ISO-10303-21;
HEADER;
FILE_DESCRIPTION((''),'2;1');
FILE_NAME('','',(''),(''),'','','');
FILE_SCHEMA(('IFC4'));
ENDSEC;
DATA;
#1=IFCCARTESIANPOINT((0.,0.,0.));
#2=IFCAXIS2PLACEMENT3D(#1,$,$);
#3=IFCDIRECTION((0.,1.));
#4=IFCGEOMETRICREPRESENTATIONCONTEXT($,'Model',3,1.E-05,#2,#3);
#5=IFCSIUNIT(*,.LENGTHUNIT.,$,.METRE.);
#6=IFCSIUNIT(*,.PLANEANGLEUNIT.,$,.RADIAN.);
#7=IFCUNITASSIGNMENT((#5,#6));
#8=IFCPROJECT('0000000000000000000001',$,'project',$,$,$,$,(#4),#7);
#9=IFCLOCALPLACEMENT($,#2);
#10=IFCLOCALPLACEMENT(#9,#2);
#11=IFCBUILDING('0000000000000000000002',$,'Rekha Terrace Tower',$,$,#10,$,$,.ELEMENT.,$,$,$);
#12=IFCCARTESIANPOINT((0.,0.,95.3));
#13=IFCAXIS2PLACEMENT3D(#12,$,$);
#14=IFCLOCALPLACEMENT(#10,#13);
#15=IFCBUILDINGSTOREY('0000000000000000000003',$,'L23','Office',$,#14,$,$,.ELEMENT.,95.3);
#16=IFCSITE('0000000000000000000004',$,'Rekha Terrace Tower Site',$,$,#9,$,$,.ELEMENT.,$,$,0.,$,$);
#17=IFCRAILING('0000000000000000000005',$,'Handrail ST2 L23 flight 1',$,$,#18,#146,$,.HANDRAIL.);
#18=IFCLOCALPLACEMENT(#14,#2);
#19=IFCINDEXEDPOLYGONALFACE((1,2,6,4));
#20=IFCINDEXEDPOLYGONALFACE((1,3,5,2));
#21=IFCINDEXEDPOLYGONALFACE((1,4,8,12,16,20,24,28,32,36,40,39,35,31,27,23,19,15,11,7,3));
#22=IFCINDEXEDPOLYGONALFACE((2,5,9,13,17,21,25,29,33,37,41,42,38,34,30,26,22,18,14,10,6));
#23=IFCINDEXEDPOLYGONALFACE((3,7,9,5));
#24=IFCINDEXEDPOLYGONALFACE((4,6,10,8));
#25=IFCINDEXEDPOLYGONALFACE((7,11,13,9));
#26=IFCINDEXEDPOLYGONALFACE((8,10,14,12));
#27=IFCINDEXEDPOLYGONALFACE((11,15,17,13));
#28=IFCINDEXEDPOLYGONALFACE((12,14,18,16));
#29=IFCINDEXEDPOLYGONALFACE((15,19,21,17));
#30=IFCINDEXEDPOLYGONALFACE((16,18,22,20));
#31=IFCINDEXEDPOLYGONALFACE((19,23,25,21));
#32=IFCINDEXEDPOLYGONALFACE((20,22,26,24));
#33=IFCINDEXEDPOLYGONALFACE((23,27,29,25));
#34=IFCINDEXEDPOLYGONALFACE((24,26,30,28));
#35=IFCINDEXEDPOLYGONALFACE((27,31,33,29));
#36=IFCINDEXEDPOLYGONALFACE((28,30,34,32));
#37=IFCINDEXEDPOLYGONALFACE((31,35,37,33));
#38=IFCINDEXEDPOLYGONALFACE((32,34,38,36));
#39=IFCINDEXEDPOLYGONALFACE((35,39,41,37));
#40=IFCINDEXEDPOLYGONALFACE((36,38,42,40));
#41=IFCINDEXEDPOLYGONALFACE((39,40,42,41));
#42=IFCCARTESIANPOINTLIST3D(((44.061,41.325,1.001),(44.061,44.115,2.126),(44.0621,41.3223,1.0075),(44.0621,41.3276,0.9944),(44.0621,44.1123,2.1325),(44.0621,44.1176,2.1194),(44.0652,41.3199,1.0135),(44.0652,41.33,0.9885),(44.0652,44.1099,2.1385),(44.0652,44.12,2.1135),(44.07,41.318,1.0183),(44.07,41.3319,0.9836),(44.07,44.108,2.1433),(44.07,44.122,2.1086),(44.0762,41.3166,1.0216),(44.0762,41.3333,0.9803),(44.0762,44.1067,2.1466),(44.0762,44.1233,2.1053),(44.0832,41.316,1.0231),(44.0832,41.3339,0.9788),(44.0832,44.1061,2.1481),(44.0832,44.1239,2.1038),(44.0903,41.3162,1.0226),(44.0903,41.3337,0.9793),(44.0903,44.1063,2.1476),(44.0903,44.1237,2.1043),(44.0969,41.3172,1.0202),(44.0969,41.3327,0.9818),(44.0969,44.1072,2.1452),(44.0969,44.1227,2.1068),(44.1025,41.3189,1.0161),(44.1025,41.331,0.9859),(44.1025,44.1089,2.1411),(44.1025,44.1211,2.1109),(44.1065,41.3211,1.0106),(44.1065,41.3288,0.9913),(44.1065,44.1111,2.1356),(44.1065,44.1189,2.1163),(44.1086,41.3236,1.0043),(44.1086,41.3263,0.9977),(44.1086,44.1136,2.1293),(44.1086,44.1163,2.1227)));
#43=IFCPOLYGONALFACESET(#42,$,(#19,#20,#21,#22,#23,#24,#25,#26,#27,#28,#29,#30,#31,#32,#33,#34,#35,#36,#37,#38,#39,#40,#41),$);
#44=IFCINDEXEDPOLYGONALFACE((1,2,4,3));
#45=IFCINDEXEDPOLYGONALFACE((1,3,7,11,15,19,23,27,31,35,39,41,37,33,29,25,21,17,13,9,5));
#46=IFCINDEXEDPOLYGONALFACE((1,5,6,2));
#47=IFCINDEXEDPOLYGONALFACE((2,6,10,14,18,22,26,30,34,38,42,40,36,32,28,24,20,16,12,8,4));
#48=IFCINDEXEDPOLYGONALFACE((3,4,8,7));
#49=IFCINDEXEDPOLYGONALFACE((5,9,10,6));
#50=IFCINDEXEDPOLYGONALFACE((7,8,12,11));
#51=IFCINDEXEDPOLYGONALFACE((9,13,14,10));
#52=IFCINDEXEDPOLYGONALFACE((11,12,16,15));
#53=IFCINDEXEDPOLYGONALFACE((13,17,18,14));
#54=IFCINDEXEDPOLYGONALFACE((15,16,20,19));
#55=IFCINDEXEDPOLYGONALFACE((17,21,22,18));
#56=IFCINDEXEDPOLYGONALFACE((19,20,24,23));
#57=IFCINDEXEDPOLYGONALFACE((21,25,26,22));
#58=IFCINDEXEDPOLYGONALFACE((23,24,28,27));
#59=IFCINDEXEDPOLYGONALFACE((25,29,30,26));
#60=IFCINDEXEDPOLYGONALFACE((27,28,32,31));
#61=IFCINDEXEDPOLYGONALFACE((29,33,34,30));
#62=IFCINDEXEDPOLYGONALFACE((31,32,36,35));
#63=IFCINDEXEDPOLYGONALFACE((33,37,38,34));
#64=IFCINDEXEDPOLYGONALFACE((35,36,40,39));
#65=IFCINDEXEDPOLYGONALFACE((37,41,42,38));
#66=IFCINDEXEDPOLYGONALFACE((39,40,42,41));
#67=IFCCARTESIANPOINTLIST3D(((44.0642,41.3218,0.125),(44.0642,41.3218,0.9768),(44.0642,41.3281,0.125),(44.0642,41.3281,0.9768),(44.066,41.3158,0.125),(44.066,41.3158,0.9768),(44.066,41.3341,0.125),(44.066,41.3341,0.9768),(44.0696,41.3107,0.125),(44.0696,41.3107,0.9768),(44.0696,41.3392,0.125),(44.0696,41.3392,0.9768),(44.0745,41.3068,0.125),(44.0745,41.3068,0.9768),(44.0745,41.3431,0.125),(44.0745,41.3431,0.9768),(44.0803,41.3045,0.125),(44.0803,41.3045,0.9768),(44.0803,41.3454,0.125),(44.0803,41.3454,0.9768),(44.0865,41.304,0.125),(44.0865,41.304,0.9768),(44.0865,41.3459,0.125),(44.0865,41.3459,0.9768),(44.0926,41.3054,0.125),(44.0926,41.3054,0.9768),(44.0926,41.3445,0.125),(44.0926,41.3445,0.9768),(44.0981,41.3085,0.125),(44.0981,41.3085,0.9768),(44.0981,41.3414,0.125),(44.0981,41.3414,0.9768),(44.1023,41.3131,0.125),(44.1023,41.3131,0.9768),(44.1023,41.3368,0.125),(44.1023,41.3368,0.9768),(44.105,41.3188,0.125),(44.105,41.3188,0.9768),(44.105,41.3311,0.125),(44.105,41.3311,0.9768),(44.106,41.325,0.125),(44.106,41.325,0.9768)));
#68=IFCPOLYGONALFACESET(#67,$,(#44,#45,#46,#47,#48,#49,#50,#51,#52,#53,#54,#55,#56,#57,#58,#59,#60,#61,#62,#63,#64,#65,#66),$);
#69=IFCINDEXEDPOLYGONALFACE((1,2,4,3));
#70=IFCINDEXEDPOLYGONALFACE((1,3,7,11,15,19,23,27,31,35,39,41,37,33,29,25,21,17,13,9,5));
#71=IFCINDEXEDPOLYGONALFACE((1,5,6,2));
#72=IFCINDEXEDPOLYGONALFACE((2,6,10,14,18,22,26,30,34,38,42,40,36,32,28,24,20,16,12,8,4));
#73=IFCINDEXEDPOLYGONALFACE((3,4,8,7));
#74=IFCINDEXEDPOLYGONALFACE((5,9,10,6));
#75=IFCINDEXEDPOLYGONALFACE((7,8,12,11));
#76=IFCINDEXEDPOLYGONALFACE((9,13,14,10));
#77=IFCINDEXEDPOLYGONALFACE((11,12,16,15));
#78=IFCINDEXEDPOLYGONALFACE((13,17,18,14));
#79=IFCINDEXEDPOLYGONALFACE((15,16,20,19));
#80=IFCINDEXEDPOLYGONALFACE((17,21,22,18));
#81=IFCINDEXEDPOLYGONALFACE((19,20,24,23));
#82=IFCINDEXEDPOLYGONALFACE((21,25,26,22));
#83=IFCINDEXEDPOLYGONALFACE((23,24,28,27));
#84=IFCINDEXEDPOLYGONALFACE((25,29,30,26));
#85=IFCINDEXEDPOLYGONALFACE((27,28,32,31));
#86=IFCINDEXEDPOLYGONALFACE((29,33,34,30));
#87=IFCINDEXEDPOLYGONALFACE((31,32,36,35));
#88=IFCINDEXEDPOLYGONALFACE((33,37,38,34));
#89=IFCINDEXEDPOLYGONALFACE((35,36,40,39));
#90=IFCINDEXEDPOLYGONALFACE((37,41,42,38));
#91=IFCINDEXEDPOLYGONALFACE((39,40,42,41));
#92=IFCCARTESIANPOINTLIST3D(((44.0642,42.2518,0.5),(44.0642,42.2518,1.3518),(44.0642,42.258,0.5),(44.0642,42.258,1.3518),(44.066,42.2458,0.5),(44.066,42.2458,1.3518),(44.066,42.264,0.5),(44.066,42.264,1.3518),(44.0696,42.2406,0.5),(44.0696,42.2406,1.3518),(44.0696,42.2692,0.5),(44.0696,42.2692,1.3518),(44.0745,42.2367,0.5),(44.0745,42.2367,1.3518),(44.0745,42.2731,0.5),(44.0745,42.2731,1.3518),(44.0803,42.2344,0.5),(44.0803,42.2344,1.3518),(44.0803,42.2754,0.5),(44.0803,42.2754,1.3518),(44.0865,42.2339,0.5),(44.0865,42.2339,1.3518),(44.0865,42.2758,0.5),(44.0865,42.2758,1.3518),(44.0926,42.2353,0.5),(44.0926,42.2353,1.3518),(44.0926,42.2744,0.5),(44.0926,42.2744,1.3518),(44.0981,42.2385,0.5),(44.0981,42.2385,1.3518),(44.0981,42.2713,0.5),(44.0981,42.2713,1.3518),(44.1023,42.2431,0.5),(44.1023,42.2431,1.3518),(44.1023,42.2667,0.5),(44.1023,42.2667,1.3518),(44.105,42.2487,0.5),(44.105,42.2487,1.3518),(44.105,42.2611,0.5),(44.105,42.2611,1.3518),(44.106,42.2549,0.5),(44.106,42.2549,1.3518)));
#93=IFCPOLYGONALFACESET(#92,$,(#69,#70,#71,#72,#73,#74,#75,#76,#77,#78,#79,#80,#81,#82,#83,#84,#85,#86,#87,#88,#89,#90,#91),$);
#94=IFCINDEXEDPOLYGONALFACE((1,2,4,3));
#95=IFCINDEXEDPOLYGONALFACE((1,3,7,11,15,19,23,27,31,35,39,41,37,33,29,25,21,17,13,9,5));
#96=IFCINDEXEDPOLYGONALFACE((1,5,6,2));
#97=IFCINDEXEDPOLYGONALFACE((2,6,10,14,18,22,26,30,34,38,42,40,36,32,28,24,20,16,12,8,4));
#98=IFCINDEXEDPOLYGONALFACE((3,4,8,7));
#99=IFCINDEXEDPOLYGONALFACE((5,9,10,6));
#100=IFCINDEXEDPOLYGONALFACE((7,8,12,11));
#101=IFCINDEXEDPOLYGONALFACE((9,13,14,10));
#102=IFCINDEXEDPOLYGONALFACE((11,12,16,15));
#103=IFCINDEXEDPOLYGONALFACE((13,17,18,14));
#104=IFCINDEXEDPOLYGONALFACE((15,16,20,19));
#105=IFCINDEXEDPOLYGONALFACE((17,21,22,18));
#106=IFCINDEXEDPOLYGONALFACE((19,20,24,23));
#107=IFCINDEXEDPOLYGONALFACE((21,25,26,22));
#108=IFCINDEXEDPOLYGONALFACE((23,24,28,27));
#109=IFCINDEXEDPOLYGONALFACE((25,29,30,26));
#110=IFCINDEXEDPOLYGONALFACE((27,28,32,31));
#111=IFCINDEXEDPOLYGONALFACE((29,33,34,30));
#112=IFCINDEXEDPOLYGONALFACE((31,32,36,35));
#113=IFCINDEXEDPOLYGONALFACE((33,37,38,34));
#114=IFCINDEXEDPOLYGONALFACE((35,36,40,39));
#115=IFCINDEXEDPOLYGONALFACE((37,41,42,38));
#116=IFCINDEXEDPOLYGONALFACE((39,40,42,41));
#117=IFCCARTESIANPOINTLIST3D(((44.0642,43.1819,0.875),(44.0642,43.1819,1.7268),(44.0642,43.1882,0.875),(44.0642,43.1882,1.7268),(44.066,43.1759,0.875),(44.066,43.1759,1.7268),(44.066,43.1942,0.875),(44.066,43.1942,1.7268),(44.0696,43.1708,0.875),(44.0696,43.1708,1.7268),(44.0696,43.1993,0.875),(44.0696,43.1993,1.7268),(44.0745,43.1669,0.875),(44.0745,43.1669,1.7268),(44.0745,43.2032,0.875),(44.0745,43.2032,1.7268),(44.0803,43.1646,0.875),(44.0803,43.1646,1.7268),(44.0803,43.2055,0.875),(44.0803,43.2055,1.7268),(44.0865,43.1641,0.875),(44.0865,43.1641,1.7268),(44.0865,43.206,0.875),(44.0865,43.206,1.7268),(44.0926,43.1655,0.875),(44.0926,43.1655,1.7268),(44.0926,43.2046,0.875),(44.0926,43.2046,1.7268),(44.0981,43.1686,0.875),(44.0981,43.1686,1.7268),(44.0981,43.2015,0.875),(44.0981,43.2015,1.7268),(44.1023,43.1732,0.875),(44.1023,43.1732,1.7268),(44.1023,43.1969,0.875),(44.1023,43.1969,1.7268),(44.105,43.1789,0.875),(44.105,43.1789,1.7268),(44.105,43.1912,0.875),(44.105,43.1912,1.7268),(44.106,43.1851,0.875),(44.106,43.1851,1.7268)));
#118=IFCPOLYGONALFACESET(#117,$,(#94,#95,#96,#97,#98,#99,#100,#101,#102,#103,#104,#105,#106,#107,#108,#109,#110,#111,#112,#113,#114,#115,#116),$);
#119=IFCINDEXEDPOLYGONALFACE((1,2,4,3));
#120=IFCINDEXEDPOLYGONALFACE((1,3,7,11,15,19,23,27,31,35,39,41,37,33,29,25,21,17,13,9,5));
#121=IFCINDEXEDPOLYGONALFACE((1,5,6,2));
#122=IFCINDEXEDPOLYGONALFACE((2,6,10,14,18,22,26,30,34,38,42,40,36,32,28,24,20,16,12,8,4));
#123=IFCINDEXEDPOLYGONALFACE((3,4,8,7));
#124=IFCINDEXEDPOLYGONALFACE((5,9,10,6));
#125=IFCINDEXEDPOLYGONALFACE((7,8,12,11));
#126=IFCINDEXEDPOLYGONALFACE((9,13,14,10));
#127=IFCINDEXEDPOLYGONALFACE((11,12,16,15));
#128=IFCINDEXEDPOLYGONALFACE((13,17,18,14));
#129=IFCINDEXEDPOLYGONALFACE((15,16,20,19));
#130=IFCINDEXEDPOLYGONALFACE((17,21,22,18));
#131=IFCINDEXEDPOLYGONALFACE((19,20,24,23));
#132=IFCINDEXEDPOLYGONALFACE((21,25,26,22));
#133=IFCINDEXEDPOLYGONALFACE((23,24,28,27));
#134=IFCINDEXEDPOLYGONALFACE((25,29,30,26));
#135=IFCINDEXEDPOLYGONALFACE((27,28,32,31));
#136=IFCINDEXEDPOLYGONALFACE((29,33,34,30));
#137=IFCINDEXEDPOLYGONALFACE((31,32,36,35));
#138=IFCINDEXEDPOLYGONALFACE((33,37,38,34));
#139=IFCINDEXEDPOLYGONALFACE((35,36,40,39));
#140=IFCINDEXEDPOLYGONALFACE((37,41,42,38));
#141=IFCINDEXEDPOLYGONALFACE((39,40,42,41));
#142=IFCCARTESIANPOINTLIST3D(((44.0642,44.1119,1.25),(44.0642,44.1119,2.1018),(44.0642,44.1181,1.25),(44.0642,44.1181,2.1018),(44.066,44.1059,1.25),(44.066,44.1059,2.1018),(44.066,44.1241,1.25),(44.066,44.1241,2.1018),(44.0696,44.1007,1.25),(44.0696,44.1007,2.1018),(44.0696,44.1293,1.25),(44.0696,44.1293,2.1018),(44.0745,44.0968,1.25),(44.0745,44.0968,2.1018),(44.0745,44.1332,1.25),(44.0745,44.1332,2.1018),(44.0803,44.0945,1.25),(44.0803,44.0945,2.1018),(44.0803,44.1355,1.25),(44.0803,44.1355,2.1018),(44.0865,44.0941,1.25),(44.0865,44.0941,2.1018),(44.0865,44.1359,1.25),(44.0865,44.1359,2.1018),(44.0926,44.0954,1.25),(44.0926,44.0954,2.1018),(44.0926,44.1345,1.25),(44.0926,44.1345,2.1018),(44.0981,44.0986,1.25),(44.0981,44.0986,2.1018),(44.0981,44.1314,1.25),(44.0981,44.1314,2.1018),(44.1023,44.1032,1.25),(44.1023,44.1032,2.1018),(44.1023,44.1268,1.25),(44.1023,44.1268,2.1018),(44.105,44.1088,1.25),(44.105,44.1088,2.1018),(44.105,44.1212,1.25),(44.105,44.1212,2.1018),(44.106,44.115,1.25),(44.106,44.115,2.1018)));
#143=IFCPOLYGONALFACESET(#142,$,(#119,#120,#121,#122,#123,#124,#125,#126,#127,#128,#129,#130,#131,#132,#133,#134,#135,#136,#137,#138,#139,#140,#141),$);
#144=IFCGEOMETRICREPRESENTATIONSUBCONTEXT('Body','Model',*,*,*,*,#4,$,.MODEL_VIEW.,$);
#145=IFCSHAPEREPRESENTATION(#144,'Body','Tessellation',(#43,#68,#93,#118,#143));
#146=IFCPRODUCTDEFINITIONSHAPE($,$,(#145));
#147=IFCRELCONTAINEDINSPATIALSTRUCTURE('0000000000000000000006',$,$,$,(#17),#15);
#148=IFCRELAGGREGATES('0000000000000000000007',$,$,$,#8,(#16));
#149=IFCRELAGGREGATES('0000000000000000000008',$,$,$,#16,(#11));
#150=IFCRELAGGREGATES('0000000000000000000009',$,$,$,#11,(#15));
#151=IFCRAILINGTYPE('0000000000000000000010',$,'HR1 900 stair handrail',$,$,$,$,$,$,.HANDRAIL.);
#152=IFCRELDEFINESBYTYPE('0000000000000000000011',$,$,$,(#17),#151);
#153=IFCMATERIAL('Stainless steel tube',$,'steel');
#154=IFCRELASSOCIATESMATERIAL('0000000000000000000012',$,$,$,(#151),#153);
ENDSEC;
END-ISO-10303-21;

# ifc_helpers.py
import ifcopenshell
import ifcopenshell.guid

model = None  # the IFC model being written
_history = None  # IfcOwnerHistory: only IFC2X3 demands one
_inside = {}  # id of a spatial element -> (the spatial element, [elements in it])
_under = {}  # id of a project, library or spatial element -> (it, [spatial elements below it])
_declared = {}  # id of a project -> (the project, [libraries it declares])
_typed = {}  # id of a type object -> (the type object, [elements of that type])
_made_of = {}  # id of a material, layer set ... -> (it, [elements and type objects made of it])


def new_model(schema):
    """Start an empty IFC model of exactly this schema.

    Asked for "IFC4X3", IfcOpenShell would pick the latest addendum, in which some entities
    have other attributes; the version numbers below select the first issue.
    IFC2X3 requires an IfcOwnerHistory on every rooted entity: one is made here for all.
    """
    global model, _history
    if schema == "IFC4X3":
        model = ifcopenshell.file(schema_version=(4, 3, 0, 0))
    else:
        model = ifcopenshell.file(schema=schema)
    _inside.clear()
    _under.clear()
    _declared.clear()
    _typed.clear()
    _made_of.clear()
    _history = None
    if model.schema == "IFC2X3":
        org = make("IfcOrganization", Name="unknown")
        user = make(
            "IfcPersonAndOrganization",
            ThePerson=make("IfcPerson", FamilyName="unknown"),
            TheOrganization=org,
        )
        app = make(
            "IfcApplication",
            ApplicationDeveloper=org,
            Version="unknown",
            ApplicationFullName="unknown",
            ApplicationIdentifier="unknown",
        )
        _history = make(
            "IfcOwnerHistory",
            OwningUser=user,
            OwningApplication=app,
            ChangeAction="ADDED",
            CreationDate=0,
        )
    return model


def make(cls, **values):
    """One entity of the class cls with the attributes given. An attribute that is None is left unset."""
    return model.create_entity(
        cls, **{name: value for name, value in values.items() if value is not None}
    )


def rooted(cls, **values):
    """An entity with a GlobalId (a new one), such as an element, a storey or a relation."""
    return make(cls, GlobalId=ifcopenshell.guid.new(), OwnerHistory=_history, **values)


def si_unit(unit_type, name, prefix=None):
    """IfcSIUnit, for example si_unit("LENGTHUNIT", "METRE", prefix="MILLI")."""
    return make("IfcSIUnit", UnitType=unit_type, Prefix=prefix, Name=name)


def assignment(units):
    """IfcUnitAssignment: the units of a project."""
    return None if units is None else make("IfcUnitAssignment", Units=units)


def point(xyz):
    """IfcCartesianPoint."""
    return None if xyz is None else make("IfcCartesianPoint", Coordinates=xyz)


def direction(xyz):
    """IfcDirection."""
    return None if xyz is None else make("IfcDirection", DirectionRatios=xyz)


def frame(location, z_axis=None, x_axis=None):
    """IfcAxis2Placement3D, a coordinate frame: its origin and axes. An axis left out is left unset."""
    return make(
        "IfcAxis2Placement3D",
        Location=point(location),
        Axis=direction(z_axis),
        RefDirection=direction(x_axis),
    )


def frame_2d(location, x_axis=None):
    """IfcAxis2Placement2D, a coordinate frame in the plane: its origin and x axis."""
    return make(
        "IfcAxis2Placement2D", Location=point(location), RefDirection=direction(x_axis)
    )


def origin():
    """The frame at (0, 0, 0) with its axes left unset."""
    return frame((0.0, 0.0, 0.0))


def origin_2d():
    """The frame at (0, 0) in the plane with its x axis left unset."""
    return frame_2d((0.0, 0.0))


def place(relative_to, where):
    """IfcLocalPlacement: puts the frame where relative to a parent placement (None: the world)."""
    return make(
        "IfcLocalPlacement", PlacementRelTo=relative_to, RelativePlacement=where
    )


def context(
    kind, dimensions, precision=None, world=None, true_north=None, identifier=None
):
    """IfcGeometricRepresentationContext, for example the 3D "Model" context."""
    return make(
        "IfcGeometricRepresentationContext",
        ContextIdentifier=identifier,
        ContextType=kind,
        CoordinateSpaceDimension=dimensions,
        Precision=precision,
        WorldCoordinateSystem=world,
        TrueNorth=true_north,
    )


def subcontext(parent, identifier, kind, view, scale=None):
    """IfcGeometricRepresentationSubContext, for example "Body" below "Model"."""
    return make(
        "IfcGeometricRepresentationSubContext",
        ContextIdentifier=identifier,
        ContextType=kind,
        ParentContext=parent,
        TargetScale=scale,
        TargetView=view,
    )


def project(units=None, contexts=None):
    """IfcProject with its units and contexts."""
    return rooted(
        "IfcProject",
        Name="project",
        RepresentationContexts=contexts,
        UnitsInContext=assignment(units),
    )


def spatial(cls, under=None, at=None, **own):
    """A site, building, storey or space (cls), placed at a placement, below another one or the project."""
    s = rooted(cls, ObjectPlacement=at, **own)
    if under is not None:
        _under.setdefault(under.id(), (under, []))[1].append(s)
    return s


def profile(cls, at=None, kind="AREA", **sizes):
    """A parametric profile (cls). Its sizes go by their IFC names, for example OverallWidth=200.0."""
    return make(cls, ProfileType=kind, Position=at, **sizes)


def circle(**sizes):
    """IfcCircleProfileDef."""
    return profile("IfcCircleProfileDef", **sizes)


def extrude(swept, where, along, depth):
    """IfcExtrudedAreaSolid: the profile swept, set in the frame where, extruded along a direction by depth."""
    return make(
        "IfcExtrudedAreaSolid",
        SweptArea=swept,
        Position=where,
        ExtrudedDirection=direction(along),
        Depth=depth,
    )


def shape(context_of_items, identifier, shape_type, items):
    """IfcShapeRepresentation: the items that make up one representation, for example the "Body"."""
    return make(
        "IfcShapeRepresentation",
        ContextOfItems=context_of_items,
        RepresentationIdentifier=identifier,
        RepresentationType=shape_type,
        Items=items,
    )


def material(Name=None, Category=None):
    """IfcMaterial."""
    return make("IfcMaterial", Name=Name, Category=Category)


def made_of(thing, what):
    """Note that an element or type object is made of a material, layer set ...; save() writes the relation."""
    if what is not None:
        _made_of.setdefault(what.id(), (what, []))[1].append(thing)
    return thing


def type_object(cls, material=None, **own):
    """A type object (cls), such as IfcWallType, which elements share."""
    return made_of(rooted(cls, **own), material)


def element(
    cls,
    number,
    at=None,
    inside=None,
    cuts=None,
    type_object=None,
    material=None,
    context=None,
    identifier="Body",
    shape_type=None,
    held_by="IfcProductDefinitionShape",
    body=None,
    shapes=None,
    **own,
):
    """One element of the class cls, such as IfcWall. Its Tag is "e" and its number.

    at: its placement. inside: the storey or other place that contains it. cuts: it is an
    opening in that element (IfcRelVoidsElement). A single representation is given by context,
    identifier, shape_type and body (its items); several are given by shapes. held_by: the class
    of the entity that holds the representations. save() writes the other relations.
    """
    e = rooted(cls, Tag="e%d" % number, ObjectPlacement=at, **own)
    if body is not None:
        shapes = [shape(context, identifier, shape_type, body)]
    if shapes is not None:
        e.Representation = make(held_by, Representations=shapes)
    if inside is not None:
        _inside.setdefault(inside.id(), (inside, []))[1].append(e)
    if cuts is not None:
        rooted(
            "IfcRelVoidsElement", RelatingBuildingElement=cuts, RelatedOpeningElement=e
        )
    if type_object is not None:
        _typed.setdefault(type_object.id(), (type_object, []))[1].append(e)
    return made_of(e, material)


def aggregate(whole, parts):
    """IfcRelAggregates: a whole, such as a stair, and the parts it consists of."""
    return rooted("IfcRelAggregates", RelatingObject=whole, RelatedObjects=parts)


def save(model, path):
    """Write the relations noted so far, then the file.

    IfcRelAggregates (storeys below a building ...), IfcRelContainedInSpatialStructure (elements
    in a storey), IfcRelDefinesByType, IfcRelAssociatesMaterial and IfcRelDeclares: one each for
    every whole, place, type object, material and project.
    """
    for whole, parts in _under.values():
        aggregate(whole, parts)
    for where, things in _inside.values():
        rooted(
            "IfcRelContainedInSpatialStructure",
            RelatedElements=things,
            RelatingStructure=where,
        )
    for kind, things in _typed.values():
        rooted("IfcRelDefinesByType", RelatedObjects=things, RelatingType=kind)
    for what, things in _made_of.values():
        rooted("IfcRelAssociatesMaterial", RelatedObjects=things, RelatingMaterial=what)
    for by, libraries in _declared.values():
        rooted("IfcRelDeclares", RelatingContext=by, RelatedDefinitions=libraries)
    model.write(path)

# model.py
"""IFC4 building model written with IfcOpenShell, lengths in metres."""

from ifc_helpers import new_model, si_unit, direction, frame, origin, origin_2d, place, context, subcontext, project, spatial, circle, extrude, material, type_object, element, save


model = new_model("IFC4")

# Units and contexts
model_context = context("Model", 3, precision=1e-05, world=origin(), true_north=direction((0.0, 1.0)))
body_context = subcontext(model_context, "Body", "Model", "MODEL_VIEW")
ifc_project = project(units=[si_unit("LENGTHUNIT", "METRE"), si_unit("PLANEANGLEUNIT", "RADIAN")], contexts=[model_context])

# Site, building, storey
site_placement = place(None, origin())
site = spatial("IfcSite", under=ifc_project, at=site_placement, Name="Rekha Terrace Tower Site", CompositionType="ELEMENT", RefElevation=0.0)
building_placement = place(site_placement, origin())
building = spatial("IfcBuilding", under=site, at=building_placement, Name="Rekha Terrace Tower", CompositionType="ELEMENT")
storey_placement = place(building_placement, frame((0.0, 0.0, 95.3)))
storey = spatial("IfcBuildingStorey", under=building, at=storey_placement, Name="L23", Description="Office", CompositionType="ELEMENT", Elevation=95.3)

# Railing
ifc_material_1 = material(Name="Stainless steel tube", Category="steel")
railing_type = type_object("IfcRailingType", Name="HR1 900 stair handrail", PredefinedType="HANDRAIL", material=ifc_material_1)
railing_placement = place(storey_placement, frame((44.085, 41.325, 0.125)))
element("IfcRailing", 1, at=railing_placement, inside=storey, type_object=railing_type, Name="Handrail ST2 L23 flight 1", PredefinedType="HANDRAIL", context=body_context, shape_type="SweptSolid", body=[
    extrude(circle(Radius=0.0239, at=origin_2d()), frame((0.0, 0.0, 0.876), z_axis=(0.0, 0.927443, 0.373964), x_axis=(-1.0, 0.0, 0.0)), (0.0, 0.0, 1.0), 3.0083),
    extrude(circle(Radius=0.021, at=origin_2d()), origin(), (0.0, 0.0, 1.0), 0.8518),
    extrude(circle(Radius=0.021, at=origin_2d()), frame((0.0, 0.9299, 0.375)), (0.0, 0.0, 1.0), 0.8518),
    extrude(circle(Radius=0.021, at=origin_2d()), frame((0.0, 1.8601, 0.75)), (0.0, 0.0, 1.0), 0.8518),
    extrude(circle(Radius=0.021, at=origin_2d()), frame((0.0, 2.79, 1.125)), (0.0, 0.0, 1.0), 0.8518),
])

save(model, "model.ifc")
